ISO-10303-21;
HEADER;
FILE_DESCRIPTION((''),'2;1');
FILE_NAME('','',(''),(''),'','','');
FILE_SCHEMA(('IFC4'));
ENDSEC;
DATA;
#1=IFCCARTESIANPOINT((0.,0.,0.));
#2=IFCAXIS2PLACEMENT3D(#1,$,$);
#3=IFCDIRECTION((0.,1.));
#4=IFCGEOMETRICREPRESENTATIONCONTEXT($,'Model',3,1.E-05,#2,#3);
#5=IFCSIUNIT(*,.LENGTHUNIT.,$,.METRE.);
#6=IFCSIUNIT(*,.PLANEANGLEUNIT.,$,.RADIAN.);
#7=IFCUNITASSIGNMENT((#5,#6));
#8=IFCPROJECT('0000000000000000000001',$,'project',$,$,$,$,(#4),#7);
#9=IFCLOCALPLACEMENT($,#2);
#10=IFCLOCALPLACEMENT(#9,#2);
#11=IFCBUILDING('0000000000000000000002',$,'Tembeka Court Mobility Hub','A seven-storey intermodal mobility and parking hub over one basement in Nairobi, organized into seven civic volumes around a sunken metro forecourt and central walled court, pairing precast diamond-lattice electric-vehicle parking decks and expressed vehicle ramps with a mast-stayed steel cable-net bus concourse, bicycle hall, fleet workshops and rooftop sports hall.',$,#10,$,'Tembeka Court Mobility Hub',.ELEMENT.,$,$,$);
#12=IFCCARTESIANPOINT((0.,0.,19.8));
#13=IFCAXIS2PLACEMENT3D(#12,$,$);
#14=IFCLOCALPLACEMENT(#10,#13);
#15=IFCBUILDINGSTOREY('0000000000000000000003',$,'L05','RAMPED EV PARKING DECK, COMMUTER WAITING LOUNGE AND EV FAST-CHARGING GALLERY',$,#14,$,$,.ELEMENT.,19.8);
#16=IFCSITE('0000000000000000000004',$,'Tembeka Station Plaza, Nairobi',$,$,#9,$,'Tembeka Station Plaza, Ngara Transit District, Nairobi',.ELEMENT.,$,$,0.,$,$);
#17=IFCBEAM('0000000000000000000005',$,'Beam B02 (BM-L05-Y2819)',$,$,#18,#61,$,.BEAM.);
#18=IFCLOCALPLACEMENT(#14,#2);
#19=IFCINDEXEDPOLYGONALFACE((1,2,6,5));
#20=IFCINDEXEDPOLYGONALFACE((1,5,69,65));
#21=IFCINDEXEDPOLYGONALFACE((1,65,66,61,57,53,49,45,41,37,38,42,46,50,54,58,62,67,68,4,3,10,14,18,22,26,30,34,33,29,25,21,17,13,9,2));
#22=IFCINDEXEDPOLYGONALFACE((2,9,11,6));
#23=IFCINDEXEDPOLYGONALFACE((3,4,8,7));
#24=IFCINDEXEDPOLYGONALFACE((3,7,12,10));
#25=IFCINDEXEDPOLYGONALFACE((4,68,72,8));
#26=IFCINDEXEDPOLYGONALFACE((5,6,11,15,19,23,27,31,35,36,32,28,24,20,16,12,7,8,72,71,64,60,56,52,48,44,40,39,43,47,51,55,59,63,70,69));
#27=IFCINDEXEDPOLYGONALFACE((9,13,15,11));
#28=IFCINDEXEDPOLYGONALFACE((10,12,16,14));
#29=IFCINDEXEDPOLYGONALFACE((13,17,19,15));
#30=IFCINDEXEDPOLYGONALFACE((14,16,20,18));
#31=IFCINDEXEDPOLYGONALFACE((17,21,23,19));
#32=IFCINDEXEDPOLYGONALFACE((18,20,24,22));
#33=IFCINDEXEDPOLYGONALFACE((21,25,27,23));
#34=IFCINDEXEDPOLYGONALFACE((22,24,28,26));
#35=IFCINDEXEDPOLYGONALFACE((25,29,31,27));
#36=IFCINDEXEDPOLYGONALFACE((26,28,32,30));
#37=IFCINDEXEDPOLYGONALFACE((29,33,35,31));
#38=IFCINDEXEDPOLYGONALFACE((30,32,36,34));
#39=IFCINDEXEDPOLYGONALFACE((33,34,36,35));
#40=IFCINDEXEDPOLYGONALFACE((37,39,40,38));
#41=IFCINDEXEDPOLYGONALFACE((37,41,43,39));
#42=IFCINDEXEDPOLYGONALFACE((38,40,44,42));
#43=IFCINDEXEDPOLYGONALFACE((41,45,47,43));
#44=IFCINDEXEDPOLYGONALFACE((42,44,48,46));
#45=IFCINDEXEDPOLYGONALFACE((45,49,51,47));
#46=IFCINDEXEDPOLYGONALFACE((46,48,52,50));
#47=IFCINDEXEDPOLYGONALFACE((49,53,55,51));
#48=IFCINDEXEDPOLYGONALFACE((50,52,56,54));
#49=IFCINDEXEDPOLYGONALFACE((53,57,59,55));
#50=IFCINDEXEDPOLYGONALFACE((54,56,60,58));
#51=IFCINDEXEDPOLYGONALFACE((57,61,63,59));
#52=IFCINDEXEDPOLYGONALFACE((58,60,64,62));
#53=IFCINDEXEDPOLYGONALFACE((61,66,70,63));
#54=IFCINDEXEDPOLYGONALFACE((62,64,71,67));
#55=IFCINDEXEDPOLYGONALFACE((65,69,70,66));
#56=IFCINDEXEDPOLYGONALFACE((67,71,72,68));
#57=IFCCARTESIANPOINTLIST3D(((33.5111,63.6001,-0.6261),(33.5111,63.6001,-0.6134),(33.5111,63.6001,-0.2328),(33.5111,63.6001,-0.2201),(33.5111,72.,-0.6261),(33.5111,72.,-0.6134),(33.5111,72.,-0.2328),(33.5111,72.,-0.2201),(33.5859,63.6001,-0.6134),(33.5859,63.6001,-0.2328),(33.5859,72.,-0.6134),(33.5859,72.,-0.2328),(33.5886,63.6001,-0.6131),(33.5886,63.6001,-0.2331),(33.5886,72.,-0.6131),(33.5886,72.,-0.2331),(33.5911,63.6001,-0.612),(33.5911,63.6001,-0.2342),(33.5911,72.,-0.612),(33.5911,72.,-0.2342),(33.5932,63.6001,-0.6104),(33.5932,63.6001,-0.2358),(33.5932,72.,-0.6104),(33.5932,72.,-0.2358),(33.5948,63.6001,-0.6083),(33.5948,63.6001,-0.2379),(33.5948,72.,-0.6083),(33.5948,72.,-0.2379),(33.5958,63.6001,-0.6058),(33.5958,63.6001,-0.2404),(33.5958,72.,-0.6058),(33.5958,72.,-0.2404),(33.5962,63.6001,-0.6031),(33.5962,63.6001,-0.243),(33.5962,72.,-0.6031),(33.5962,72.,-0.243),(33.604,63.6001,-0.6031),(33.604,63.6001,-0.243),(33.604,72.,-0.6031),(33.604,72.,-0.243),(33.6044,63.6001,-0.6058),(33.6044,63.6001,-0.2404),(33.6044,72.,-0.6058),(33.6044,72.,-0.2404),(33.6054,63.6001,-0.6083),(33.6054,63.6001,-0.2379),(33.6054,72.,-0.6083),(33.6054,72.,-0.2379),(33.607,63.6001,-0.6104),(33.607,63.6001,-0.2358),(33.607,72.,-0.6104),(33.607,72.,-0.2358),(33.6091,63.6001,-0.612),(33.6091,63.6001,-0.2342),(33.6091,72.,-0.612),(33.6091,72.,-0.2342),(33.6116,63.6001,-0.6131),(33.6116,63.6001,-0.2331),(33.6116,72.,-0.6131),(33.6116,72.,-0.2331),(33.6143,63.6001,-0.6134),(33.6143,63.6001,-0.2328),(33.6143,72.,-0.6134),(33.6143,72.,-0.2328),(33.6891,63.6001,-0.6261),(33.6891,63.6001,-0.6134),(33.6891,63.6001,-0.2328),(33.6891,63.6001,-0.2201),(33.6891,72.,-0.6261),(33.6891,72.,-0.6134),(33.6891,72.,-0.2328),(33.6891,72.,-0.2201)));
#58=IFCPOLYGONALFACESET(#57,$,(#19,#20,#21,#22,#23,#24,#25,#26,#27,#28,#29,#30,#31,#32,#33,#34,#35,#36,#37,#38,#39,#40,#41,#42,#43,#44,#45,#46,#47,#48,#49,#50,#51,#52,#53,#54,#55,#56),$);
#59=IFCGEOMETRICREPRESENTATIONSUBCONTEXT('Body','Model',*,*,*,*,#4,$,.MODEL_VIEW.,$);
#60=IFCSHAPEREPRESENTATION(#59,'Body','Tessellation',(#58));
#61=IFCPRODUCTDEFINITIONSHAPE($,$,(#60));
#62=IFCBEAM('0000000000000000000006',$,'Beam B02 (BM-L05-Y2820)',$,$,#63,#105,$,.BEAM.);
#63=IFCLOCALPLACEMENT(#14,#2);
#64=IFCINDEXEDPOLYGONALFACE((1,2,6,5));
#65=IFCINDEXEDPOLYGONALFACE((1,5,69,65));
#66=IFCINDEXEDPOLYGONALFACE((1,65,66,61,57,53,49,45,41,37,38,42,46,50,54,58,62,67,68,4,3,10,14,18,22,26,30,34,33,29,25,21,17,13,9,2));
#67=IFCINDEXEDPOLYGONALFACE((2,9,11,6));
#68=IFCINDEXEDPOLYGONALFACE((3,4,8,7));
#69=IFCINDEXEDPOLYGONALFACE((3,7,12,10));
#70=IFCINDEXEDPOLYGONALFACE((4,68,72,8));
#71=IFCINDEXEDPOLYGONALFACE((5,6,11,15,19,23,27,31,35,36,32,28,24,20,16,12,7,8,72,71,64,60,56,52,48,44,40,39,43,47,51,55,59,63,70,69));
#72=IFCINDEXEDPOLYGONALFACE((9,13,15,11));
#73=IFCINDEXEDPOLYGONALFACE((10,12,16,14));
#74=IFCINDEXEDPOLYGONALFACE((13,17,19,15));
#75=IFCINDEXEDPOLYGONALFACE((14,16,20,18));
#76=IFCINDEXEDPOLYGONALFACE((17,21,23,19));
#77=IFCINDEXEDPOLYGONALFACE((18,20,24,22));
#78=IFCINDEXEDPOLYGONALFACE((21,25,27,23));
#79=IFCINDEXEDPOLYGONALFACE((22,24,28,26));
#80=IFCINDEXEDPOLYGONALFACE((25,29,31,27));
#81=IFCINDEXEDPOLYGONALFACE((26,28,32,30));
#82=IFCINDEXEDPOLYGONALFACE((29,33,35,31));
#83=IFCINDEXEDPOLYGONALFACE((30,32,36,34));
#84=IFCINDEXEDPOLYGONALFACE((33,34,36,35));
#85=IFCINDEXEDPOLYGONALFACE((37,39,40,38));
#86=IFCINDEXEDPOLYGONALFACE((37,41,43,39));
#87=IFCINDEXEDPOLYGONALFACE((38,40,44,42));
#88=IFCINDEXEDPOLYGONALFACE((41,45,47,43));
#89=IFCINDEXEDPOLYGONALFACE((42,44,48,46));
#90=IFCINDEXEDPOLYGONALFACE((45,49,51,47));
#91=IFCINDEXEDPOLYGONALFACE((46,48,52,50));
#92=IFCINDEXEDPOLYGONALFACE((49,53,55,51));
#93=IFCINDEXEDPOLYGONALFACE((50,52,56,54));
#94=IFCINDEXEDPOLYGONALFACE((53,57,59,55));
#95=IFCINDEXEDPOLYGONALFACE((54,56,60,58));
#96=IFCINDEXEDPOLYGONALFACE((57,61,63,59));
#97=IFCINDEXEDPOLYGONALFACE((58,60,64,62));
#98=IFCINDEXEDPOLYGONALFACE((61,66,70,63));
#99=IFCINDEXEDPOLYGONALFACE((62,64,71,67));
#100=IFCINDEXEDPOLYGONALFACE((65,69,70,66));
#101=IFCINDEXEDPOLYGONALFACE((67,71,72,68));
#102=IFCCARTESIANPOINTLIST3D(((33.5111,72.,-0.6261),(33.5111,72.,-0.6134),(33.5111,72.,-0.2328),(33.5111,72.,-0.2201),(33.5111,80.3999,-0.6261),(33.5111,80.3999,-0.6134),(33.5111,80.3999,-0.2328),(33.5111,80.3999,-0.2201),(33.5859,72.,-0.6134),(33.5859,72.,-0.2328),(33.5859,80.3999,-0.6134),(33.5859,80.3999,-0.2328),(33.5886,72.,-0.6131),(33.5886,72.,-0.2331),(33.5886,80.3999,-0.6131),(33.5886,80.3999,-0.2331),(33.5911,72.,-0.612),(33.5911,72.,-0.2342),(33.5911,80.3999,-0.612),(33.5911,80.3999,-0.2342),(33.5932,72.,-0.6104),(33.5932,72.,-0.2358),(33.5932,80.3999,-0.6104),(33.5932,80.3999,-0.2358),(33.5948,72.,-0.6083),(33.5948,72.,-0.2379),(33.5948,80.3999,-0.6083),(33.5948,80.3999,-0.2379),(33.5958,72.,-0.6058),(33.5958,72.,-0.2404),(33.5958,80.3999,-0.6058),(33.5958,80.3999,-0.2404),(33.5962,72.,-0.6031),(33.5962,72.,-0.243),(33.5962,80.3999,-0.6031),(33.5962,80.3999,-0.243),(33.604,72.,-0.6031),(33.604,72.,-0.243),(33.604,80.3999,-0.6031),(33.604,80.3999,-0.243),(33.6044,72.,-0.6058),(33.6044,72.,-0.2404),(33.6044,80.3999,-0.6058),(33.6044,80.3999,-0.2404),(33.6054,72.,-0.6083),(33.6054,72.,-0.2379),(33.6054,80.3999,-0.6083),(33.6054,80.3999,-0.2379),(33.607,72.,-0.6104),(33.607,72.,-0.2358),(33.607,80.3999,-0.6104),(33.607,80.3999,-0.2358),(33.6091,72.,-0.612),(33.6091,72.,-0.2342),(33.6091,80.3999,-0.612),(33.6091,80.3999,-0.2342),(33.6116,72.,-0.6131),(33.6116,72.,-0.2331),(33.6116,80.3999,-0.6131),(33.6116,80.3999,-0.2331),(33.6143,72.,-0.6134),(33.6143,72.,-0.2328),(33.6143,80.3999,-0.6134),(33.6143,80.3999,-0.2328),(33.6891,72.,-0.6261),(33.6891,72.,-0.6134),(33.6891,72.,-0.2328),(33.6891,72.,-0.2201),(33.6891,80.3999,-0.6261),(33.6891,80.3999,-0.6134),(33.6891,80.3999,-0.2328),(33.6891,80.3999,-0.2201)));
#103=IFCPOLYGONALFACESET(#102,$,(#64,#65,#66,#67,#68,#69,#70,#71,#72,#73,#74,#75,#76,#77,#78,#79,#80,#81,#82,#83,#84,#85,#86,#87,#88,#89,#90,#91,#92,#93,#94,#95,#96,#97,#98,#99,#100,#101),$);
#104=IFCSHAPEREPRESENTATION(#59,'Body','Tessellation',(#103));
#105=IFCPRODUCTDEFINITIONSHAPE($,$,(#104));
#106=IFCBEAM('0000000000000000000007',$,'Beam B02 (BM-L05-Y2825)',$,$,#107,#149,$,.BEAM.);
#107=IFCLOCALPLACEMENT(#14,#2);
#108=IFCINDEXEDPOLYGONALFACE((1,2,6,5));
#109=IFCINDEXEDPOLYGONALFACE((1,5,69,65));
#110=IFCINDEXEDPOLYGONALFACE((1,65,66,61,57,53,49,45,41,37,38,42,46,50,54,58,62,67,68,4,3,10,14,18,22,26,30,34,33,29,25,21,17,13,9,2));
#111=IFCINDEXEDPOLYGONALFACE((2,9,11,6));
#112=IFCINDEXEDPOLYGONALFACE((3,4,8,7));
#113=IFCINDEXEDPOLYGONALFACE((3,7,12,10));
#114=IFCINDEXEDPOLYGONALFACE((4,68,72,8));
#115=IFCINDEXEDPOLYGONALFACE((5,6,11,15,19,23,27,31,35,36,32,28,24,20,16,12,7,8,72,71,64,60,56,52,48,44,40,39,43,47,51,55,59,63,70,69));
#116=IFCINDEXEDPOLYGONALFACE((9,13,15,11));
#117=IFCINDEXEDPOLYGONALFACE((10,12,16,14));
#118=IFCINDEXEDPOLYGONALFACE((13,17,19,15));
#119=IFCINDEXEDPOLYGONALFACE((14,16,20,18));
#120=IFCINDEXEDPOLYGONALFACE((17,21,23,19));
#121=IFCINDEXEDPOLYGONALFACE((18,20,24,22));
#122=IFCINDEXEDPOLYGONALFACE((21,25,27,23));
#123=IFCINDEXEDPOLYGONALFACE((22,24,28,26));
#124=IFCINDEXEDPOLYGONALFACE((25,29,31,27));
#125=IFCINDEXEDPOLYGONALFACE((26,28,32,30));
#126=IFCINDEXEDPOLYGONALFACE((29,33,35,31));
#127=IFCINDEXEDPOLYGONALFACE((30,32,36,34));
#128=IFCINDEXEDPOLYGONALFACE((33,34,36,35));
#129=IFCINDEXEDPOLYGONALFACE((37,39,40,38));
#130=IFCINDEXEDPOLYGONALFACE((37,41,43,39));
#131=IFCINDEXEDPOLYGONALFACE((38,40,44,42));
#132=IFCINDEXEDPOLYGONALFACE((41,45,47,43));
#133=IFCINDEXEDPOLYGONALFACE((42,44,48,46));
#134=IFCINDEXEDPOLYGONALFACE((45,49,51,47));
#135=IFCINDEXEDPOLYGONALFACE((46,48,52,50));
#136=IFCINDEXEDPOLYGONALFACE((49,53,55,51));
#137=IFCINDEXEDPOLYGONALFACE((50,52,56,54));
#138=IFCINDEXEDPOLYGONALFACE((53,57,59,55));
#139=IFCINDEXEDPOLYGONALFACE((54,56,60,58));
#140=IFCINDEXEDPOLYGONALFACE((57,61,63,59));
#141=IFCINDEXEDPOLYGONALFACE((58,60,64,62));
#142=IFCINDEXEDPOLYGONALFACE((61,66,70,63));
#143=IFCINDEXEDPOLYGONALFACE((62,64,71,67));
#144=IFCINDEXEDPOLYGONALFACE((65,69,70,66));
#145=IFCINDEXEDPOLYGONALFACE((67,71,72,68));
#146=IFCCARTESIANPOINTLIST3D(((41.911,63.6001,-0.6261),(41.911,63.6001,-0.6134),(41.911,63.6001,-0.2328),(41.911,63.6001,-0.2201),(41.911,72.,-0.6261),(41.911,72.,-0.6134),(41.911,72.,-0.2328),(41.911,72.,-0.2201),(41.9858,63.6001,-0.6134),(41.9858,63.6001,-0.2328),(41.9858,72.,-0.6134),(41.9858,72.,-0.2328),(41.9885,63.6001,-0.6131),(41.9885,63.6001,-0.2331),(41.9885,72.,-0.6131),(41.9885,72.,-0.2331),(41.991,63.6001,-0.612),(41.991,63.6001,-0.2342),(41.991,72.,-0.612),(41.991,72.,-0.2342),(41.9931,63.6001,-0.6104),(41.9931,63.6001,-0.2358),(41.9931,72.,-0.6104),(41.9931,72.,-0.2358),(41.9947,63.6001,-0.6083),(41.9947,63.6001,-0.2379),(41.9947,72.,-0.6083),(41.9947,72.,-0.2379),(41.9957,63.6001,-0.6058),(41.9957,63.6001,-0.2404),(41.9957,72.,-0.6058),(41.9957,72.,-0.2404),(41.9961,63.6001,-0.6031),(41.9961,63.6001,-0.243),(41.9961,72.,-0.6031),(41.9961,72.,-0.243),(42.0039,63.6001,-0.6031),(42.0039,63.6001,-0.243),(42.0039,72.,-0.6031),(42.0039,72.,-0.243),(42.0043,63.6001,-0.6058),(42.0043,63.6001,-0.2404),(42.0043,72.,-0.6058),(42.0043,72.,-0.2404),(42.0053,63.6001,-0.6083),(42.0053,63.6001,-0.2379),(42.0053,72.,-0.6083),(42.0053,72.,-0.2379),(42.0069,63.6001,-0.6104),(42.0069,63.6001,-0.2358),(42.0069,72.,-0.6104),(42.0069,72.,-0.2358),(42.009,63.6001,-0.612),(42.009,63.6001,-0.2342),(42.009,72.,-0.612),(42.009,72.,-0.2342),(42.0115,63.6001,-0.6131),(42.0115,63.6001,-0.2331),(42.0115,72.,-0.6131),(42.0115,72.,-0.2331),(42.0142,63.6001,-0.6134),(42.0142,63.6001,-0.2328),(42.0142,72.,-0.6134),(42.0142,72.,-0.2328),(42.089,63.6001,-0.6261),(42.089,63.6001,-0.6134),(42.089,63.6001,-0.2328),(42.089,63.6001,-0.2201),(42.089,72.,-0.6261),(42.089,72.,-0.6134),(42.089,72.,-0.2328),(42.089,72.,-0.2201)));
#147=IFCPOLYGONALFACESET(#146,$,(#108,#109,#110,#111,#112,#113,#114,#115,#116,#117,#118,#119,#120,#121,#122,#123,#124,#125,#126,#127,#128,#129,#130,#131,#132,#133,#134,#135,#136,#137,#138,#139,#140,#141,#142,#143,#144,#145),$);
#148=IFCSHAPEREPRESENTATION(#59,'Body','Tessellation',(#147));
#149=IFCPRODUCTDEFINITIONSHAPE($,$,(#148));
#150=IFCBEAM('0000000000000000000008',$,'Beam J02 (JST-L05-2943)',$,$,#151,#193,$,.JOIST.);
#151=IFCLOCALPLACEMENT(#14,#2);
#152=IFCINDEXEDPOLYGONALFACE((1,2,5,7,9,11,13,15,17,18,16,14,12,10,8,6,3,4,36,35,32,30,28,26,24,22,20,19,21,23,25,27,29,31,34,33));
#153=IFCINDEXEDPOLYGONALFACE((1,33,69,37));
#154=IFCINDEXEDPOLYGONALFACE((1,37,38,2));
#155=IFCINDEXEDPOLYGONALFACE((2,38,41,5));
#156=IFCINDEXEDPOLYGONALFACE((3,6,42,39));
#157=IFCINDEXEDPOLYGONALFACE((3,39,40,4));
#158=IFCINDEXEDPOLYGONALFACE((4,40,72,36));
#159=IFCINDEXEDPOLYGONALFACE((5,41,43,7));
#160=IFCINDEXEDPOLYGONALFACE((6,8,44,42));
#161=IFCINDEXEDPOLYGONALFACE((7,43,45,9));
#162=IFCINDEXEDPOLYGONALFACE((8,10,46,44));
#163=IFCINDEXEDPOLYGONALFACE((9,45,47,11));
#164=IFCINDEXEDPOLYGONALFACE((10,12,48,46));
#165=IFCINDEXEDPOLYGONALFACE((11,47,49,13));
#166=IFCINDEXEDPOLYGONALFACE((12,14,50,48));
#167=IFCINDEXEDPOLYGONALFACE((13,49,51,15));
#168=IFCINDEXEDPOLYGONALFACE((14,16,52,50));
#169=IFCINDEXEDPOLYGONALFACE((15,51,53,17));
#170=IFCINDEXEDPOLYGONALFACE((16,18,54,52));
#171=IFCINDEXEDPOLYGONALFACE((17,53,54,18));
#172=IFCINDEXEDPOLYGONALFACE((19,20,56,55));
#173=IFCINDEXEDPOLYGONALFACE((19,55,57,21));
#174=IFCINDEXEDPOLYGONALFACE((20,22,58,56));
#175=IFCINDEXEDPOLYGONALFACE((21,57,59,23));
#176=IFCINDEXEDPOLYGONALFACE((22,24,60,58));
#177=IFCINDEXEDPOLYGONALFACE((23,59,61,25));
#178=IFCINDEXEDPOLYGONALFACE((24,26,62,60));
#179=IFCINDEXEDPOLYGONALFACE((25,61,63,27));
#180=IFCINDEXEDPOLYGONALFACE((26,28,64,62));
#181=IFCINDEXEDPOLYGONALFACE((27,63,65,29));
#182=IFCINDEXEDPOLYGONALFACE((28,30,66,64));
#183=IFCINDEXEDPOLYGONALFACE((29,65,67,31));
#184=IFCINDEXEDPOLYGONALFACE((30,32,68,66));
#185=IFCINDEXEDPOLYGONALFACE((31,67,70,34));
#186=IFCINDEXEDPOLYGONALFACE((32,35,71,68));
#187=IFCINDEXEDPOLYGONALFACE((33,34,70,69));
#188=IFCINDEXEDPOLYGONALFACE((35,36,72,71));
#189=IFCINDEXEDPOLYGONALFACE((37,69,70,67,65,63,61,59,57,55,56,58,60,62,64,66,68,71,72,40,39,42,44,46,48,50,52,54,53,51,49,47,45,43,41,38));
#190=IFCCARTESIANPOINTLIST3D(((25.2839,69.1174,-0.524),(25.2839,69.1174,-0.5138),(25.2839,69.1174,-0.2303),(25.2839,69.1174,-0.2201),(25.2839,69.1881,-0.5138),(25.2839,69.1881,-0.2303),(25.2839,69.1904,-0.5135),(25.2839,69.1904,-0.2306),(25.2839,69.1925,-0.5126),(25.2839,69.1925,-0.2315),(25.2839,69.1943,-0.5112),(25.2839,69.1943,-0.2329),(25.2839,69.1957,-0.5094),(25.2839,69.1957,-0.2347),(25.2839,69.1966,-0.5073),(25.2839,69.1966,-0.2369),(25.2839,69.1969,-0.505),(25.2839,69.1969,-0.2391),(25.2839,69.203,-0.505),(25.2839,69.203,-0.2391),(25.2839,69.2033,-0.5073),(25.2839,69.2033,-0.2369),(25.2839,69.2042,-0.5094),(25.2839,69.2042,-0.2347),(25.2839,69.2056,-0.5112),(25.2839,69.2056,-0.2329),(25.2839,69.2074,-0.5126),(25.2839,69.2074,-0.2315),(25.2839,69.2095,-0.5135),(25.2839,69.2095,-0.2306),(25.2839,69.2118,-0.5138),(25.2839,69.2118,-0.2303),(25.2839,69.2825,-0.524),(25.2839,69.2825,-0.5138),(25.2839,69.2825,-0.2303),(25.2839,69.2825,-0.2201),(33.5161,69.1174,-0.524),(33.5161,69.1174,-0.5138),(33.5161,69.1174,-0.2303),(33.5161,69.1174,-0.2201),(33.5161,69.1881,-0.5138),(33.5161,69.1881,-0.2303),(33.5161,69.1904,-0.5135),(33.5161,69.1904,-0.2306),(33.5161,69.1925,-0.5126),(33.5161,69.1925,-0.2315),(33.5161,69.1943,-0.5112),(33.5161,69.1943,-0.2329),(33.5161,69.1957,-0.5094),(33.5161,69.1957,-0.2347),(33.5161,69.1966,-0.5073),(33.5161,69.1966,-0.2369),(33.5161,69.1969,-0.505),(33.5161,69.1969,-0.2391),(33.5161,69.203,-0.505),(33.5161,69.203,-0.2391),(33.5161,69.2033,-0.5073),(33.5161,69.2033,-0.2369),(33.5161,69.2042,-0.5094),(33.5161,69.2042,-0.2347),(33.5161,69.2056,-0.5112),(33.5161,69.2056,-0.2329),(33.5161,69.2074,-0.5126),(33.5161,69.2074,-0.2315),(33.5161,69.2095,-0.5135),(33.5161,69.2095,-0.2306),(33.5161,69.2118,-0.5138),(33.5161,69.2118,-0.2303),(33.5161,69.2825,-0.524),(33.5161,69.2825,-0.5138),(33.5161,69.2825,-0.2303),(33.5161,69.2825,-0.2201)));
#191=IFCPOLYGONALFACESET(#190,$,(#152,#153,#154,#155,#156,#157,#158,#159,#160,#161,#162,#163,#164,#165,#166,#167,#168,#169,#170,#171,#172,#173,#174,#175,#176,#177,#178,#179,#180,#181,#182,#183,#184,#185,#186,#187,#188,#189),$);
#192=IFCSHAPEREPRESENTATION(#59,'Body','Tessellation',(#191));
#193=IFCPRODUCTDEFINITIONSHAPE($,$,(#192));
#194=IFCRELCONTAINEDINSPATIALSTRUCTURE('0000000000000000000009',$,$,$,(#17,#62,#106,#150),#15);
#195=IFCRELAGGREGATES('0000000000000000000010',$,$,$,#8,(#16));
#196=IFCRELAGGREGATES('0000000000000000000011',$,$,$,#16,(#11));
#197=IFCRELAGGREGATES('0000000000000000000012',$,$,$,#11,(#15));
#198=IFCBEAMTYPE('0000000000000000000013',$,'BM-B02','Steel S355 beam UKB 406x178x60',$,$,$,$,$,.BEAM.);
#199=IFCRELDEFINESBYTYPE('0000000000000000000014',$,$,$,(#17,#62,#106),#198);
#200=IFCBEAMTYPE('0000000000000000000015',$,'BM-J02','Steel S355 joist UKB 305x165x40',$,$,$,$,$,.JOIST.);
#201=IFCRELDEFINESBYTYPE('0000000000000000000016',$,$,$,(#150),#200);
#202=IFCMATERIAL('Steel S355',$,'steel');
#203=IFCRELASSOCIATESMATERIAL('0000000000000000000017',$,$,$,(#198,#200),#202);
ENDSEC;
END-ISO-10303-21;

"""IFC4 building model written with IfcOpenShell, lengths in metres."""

from ifc_helpers import new_model, si_unit, direction, frame, origin, origin_2d, place, context, subcontext, project, spatial, i_section, extrude, material, material_profile, profile_set, type_object, element, save


model = new_model("IFC4")

# Units and contexts
model_context = context("Model", 3, precision=1e-05, world=origin(), true_north=direction((0.0, 1.0)))
body_context = subcontext(model_context, "Body", "Model", "MODEL_VIEW")
ifc_project = project(units=[si_unit("LENGTHUNIT", "METRE"), si_unit("PLANEANGLEUNIT", "RADIAN")], contexts=[model_context])

# Site, building, storey
site_placement = place(None, origin())
site = spatial("IfcSite", under=ifc_project, at=site_placement, Name="Tembeka Station Plaza, Nairobi", LongName="Tembeka Station Plaza, Ngara Transit District, Nairobi", CompositionType="ELEMENT", RefElevation=0.0)
building_placement = place(site_placement, origin())
building = spatial("IfcBuilding", under=site, at=building_placement, Name="Tembeka Court Mobility Hub", Description="A seven-storey intermodal mobility and parking hub over one basement in Nairobi, organized into seven civic volumes around a sunken metro forecourt and central walled court, pairing precast diamond-lattice electric-vehicle parking decks and expressed vehicle ramps with a mast-stayed steel cable-net bus concourse, bicycle hall, fleet workshops and rooftop sports hall.", LongName="Tembeka Court Mobility Hub", CompositionType="ELEMENT")
storey_placement = place(building_placement, frame((0.0, 0.0, 19.8)))
storey = spatial("IfcBuildingStorey", under=building, at=storey_placement, Name="L05", Description="RAMPED EV PARKING DECK, COMMUTER WAITING LOUNGE AND EV FAST-CHARGING GALLERY", CompositionType="ELEMENT", Elevation=19.8)

# Shared definitions
ifc_material_1 = material(Name="Steel S355", Category="steel")

# Beams
ifc_material_profile_1 = material_profile(ifc_material_1, i_section(OverallWidth=0.178, OverallDepth=0.406, WebThickness=0.0078, FlangeThickness=0.0127, FilletRadius=0.0103, at=origin_2d()), Name="UKB 406x178x60")
ifc_profile_set_1 = profile_set([ifc_material_profile_1], Name="Steel S355")
beam_type_1 = type_object("IfcBeamType", Name="BM-B02", Description="Steel S355 beam UKB 406x178x60", PredefinedType="BEAM", material=ifc_profile_set_1)
for number, where, z_axis, x_axis, name in (
    (1, (33.6001, 63.6001, -0.4231), (0.0, 1.0, 0.0), (-1.0, 0.0, 0.0), "Beam B02 (BM-L05-Y2819)"),
    (2, (33.6001, 72.0, -0.4231), (0.0, 1.0, 0.0), (-1.0, 0.0, 0.0), "Beam B02 (BM-L05-Y2820)"),
    (3, (42.0, 63.6001, -0.4231), (0.0, 1.0, 0.0), (-1.0, 0.0, 0.0), "Beam B02 (BM-L05-Y2825)"),
):
    element("IfcBeam", number, at=place(storey_placement, frame(where, z_axis=z_axis, x_axis=x_axis)), inside=storey, type_object=beam_type_1, Name=name, PredefinedType="BEAM", context=body_context, shape_type="SweptSolid", body=[
        extrude(i_section(OverallWidth=0.178, OverallDepth=0.406, WebThickness=0.0078, FlangeThickness=0.0127, FilletRadius=0.0103, at=origin_2d()), origin(), (0.0, 0.0, 1.0), 8.3999),
    ])
ifc_material_profile_2 = material_profile(ifc_material_1, i_section(OverallWidth=0.165, OverallDepth=0.304, WebThickness=0.0061, FlangeThickness=0.0103, FilletRadius=0.0088, at=origin_2d()), Name="UKB 305x165x40")
ifc_profile_set_2 = profile_set([ifc_material_profile_2], Name="Steel S355")
beam_type_2 = type_object("IfcBeamType", Name="BM-J02", Description="Steel S355 joist UKB 305x165x40", PredefinedType="JOIST", material=ifc_profile_set_2)
beam_1_placement = place(storey_placement, frame((25.2839, 69.2, -0.3721), z_axis=(1.0, 0.0, 0.0), x_axis=(0.0, 1.0, 0.0)))
element("IfcBeam", 4, at=beam_1_placement, inside=storey, type_object=beam_type_2, Name="Beam J02 (JST-L05-2943)", PredefinedType="JOIST", context=body_context, shape_type="SweptSolid", body=[
    extrude(i_section(OverallWidth=0.165, OverallDepth=0.304, WebThickness=0.0061, FlangeThickness=0.0103, FilletRadius=0.0088, at=origin_2d()), origin(), (0.0, 0.0, 1.0), 8.2322),
])

save(model, "model.ifc")
